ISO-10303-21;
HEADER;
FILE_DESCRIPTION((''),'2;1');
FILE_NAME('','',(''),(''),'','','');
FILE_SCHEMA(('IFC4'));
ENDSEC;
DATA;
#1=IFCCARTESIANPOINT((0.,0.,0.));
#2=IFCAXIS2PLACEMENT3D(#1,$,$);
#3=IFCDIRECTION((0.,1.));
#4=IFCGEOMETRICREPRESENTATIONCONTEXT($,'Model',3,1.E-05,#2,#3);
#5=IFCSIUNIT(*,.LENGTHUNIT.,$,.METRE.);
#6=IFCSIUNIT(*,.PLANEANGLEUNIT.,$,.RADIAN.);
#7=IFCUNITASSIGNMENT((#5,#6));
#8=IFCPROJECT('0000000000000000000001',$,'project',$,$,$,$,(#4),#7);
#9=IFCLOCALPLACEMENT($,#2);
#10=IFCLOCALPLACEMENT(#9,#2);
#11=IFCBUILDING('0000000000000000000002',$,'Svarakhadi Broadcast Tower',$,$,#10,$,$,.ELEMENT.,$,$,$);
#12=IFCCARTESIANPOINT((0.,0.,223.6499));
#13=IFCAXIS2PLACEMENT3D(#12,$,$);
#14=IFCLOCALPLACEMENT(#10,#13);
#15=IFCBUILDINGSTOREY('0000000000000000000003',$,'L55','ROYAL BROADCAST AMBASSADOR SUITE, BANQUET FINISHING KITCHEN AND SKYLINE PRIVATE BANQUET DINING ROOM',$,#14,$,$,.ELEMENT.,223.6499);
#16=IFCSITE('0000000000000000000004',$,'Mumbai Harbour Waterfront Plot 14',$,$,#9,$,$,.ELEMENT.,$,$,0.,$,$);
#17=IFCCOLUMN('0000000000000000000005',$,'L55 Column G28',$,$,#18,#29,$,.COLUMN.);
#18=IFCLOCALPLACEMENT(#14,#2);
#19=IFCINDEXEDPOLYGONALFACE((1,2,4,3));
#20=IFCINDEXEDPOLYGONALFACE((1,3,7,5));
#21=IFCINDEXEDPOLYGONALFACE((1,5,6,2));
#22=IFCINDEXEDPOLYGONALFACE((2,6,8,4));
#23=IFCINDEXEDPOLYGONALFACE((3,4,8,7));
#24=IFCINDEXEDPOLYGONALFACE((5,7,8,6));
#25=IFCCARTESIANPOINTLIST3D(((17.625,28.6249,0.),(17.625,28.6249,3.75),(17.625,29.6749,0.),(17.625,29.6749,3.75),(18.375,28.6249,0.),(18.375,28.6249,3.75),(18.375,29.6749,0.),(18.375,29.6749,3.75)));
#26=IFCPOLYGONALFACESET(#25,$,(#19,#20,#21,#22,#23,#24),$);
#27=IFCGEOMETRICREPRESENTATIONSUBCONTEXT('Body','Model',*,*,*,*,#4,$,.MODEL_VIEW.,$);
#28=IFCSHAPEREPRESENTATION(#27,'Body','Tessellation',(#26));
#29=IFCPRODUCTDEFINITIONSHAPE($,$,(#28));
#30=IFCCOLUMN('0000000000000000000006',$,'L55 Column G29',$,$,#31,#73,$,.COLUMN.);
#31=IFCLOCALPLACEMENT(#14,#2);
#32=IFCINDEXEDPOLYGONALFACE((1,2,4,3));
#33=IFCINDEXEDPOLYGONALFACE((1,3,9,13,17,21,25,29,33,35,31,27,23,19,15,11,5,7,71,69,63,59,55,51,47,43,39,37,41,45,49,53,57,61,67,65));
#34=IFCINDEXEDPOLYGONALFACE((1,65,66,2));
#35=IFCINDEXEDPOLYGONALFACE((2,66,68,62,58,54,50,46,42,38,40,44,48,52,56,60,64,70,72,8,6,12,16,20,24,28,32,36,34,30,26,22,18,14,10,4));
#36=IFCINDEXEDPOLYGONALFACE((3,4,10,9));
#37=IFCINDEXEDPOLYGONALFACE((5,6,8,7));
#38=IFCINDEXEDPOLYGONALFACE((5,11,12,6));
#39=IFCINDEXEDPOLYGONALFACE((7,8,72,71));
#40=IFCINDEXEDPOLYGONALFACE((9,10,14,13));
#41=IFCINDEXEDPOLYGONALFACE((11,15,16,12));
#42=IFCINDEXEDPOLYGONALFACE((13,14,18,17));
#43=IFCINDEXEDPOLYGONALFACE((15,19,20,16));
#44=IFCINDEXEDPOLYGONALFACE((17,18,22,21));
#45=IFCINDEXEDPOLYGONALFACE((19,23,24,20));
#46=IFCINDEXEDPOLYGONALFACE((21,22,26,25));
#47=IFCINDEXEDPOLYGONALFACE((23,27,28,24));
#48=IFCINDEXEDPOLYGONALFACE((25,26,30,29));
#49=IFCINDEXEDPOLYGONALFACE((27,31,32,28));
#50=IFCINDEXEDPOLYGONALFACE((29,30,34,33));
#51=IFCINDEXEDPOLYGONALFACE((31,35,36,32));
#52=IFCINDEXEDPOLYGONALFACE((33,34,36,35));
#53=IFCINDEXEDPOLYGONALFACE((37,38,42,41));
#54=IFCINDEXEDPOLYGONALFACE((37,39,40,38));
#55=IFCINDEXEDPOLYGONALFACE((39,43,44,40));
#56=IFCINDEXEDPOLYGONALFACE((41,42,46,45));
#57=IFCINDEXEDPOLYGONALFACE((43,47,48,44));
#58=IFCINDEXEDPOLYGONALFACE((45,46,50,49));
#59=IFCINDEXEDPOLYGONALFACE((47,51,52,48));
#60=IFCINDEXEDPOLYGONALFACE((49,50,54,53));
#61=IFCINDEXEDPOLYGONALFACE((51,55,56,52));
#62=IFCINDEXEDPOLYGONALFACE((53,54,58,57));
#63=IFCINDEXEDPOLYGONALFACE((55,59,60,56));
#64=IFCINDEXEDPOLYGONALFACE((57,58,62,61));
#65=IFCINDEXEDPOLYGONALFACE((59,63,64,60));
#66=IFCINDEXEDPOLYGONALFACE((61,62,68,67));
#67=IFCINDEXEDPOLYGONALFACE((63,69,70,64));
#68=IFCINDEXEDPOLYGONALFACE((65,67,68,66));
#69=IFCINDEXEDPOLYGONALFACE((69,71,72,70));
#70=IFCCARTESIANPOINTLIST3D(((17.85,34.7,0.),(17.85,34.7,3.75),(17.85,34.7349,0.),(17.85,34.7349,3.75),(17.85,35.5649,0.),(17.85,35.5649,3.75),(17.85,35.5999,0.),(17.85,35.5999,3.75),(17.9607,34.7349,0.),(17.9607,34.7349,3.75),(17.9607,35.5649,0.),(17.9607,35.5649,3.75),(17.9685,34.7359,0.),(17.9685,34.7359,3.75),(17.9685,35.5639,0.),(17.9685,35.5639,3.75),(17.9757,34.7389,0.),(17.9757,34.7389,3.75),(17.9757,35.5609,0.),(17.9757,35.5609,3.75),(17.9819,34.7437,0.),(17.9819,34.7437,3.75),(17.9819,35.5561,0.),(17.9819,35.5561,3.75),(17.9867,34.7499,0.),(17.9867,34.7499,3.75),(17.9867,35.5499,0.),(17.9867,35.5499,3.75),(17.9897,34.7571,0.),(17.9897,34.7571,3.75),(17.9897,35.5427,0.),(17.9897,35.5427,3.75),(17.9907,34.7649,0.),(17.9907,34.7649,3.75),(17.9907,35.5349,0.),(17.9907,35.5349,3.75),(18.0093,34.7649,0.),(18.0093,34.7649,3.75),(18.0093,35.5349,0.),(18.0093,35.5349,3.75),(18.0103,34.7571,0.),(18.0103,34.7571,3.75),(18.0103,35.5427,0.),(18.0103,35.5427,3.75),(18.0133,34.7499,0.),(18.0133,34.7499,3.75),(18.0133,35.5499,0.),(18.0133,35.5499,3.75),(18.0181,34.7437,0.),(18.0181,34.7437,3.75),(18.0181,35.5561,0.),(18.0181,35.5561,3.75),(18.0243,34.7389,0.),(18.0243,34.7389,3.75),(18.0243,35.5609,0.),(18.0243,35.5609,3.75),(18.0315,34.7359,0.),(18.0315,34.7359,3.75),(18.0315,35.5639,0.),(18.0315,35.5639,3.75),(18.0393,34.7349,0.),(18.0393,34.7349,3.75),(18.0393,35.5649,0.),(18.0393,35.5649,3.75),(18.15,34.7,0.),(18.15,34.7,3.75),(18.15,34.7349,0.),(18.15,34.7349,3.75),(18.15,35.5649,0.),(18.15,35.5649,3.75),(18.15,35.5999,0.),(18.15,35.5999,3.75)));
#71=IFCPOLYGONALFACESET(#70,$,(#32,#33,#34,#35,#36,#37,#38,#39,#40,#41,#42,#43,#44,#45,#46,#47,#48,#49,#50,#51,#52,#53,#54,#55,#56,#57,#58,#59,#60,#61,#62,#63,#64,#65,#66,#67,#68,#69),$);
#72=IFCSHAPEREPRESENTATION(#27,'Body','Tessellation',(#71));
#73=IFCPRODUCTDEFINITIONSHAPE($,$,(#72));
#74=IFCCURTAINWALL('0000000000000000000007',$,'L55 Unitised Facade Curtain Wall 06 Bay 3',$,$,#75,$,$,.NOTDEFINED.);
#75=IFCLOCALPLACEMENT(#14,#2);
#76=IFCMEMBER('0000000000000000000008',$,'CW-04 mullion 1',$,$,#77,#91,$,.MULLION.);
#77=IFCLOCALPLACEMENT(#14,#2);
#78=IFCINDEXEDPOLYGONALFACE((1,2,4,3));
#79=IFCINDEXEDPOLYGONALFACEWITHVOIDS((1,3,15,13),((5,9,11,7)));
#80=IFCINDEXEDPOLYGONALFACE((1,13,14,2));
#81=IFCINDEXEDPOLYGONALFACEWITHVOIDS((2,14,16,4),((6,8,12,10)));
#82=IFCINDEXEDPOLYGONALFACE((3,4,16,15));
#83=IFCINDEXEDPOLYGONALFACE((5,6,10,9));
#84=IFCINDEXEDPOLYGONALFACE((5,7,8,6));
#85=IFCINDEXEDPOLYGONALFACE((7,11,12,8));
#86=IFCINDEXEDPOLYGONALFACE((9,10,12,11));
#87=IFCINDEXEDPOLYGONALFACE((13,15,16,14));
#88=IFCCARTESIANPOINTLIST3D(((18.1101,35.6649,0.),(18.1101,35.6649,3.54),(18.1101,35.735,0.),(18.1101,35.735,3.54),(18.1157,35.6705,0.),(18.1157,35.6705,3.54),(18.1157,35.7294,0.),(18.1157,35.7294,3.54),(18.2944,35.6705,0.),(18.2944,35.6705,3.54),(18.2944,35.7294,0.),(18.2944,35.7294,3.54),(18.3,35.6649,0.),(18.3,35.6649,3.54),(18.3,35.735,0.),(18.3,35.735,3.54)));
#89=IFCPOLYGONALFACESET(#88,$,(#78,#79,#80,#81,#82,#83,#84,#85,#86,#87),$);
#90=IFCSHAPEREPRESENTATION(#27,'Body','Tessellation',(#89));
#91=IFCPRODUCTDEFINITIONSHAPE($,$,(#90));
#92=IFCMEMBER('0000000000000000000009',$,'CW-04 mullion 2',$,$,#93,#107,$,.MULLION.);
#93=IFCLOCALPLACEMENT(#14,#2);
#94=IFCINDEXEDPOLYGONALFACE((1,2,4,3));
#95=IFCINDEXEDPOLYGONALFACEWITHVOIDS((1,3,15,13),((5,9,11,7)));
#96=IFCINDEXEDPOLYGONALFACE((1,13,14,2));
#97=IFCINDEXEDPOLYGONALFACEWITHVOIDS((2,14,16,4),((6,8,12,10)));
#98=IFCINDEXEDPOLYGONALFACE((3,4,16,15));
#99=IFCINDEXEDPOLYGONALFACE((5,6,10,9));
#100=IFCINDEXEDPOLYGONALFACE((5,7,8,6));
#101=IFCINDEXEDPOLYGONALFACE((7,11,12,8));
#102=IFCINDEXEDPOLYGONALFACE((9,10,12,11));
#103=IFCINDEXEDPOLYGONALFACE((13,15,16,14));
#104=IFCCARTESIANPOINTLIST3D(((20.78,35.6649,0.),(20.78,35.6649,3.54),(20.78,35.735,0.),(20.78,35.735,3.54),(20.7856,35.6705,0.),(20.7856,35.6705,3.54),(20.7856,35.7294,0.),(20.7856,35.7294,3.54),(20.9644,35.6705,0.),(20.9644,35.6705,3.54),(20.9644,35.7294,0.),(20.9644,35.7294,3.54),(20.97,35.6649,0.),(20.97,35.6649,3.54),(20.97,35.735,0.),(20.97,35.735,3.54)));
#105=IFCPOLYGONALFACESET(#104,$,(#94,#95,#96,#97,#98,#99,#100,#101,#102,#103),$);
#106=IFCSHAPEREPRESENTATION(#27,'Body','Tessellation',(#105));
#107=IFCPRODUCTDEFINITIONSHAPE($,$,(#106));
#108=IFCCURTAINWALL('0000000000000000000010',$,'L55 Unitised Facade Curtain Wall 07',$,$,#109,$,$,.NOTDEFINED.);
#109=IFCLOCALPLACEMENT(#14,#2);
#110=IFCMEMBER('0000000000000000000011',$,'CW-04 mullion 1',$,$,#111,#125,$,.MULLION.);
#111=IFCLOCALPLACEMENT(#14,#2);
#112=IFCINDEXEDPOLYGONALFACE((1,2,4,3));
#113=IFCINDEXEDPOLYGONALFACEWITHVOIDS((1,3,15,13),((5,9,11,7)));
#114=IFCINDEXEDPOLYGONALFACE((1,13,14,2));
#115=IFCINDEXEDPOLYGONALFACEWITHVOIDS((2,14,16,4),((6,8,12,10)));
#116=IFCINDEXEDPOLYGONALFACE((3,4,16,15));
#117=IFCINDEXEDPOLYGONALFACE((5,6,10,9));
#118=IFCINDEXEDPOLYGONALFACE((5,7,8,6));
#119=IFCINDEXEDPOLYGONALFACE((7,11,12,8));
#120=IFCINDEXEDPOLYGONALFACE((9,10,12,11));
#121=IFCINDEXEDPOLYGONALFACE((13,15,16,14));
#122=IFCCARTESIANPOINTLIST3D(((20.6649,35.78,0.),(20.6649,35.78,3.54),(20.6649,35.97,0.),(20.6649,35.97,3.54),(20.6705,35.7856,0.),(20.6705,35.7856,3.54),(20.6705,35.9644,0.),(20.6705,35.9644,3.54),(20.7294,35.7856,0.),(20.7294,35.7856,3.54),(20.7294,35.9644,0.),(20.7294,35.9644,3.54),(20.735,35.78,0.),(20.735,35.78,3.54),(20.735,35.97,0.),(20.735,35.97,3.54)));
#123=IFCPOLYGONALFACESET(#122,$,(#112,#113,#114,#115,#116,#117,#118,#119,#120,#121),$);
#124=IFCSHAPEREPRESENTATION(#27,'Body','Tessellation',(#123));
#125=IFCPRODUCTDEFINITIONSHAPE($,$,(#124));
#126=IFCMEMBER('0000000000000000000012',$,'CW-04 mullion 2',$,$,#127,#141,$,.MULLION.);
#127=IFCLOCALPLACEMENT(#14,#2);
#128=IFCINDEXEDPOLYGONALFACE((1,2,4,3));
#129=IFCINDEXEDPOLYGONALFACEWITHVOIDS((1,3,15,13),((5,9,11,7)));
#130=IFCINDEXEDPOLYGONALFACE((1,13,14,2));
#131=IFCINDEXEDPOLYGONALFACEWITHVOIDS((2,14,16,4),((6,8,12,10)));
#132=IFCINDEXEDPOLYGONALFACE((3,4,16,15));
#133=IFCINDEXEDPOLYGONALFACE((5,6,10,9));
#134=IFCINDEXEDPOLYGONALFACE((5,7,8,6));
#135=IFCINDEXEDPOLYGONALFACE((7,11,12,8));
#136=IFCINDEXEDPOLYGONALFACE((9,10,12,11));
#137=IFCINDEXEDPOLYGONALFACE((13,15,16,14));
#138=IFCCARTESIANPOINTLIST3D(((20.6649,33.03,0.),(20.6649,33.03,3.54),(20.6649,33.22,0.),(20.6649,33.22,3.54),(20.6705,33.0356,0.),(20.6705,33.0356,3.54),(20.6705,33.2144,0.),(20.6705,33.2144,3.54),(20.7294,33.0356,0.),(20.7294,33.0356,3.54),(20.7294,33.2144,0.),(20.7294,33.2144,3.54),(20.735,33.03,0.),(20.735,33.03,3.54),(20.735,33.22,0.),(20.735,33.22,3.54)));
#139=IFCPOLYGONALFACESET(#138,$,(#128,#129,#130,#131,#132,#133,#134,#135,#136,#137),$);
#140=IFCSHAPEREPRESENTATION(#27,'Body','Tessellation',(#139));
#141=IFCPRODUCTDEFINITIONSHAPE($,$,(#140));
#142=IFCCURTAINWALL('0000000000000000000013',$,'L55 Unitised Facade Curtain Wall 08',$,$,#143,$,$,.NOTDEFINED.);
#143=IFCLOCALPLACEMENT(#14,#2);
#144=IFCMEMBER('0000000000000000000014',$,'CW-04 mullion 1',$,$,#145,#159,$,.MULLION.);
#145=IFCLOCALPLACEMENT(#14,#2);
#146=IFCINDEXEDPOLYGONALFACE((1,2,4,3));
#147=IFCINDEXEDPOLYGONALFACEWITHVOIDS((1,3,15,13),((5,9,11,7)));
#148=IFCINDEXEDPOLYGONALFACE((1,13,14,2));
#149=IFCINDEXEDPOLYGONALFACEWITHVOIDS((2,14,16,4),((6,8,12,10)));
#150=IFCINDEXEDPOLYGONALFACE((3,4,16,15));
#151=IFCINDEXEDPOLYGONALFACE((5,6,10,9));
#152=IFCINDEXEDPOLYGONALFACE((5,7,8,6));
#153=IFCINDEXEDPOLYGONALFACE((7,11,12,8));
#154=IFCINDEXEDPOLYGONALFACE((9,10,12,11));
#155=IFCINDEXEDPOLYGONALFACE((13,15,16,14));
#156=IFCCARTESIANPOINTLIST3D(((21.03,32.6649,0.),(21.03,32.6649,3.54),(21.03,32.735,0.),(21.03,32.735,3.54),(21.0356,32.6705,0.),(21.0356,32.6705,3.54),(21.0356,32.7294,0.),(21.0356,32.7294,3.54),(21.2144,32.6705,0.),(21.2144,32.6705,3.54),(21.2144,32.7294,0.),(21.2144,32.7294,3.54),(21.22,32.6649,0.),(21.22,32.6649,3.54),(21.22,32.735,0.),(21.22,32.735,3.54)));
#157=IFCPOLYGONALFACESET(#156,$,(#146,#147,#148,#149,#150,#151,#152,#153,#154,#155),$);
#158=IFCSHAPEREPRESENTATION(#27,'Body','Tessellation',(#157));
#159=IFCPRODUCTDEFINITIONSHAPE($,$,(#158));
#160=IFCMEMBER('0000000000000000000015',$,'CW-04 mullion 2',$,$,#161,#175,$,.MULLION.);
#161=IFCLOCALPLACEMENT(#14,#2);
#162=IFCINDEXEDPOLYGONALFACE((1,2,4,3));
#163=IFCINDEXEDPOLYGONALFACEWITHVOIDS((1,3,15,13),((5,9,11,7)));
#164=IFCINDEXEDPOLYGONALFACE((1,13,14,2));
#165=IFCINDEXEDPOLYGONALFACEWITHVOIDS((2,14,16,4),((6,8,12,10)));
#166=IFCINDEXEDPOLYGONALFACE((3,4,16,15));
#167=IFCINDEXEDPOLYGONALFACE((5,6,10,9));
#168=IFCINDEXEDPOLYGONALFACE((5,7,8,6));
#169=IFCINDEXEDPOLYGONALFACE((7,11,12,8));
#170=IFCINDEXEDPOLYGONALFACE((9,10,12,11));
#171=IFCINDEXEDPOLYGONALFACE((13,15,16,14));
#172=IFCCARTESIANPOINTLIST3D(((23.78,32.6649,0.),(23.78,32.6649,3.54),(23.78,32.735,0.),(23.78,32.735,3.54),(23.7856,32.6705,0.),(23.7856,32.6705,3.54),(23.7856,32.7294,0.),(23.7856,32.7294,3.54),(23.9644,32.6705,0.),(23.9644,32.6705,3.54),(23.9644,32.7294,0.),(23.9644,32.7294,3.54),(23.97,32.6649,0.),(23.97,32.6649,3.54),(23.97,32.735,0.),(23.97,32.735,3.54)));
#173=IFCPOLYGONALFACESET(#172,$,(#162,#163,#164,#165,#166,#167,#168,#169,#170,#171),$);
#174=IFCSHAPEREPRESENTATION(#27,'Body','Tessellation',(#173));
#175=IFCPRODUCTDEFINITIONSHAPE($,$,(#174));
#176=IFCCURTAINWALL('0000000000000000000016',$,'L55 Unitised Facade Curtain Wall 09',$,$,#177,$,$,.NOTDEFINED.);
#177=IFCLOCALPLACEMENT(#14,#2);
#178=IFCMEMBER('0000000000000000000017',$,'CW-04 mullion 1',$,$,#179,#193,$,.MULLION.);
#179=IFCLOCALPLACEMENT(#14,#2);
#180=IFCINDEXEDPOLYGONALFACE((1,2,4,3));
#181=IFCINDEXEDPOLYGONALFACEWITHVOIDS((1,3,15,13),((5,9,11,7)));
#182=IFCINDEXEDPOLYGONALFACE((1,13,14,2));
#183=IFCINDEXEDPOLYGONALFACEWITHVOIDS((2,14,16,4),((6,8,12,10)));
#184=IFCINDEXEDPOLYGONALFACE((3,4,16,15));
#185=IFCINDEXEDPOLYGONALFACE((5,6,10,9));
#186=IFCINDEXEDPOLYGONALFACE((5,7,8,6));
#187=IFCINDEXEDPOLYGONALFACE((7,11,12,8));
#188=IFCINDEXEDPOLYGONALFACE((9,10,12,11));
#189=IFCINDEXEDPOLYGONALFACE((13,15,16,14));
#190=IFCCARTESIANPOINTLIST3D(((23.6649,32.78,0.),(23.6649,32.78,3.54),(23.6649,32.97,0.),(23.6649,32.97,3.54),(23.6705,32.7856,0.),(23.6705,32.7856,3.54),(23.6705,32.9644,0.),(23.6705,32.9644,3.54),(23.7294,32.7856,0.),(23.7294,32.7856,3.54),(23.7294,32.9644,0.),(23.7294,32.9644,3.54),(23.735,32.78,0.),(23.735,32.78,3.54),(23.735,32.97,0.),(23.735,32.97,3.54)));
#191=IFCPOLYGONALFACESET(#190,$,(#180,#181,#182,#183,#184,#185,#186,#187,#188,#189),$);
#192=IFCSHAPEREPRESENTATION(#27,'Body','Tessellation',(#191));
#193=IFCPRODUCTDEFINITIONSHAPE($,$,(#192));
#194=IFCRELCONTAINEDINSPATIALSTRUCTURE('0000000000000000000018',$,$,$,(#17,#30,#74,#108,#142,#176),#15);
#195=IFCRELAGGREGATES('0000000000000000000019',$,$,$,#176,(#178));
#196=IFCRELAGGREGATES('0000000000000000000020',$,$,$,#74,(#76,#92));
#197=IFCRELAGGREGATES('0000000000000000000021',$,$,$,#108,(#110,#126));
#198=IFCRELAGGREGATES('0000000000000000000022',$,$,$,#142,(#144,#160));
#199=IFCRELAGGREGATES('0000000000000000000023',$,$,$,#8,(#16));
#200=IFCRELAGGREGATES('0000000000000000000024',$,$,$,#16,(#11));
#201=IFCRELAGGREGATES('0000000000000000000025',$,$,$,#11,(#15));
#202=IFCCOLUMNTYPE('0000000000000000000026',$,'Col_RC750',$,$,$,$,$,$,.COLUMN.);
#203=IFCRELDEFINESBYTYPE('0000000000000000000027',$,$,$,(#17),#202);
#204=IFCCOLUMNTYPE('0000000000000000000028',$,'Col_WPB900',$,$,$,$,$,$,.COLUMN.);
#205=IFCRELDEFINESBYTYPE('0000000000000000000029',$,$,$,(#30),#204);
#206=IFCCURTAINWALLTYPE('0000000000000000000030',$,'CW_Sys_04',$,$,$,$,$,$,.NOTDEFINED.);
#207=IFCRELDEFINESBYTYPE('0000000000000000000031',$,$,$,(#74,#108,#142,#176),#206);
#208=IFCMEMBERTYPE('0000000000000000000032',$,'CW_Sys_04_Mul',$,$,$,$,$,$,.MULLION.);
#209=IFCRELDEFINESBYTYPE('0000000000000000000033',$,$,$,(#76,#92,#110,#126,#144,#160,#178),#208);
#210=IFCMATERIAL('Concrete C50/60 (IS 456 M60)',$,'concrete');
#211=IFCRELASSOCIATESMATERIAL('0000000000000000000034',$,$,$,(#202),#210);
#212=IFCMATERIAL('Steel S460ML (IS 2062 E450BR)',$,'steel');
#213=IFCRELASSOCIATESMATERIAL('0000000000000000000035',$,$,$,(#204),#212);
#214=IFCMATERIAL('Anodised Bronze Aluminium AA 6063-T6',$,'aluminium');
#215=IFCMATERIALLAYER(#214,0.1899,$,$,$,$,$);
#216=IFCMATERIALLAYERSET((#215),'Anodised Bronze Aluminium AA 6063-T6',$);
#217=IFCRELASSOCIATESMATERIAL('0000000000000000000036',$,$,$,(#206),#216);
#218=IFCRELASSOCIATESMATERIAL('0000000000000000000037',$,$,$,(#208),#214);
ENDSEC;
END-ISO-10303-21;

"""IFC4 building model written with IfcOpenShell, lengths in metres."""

from ifc_helpers import new_model, si_unit, direction, frame, origin, origin_2d, place, context, subcontext, project, spatial, rectangle, hollow_rectangle, i_section, extrude, material, layer, layer_set, material_profile, profile_set, type_object, element, aggregate, save


model = new_model("IFC4")

# Units and contexts
model_context = context("Model", 3, precision=1e-05, world=origin(), true_north=direction((0.0, 1.0)))
body_context = subcontext(model_context, "Body", "Model", "MODEL_VIEW")
ifc_project = project(units=[si_unit("LENGTHUNIT", "METRE"), si_unit("PLANEANGLEUNIT", "RADIAN")], contexts=[model_context])

# Site, building, storey
site_placement = place(None, origin())
site = spatial("IfcSite", under=ifc_project, at=site_placement, Name="Mumbai Harbour Waterfront Plot 14", CompositionType="ELEMENT", RefElevation=0.0)
building_placement = place(site_placement, origin())
building = spatial("IfcBuilding", under=site, at=building_placement, Name="Svarakhadi Broadcast Tower", CompositionType="ELEMENT")
storey_placement = place(building_placement, frame((0.0, 0.0, 223.6499)))
storey = spatial("IfcBuildingStorey", under=building, at=storey_placement, Name="L55", Description="ROYAL BROADCAST AMBASSADOR SUITE, BANQUET FINISHING KITCHEN AND SKYLINE PRIVATE BANQUET DINING ROOM", CompositionType="ELEMENT", Elevation=223.6499)

# Columns
ifc_material_1 = material(Name="Concrete C50/60 (IS 456 M60)", Category="concrete")
ifc_material_profile_1 = material_profile(ifc_material_1, rectangle(XDim=0.75, YDim=1.05, at=origin_2d()), Name="RC 750x1050")
ifc_profile_set_1 = profile_set([ifc_material_profile_1], Name="Concrete C50/60 (IS 456 M60)")
column_type_1 = type_object("IfcColumnType", Name="Col_RC750", PredefinedType="COLUMN", material=ifc_profile_set_1)
column_1_placement = place(storey_placement, frame((18.0, 29.1499, 0.0), z_axis=(0.0, 0.0, 1.0), x_axis=(1.0, 0.0, 0.0)))
element("IfcColumn", 1, at=column_1_placement, inside=storey, type_object=column_type_1, Name="L55 Column G28", PredefinedType="COLUMN", context=body_context, shape_type="SweptSolid", body=[
    extrude(rectangle(XDim=0.75, YDim=1.05, at=origin_2d()), origin(), (0.0, 0.0, 1.0), 3.75),
])
ifc_material_2 = material(Name="Steel S460ML (IS 2062 E450BR)", Category="steel")
ifc_material_profile_2 = material_profile(ifc_material_2, i_section(OverallWidth=0.3, OverallDepth=0.8999, WebThickness=0.0186, FlangeThickness=0.0349, FilletRadius=0.03, at=origin_2d()), Name="WPB 900x300x291")
ifc_profile_set_2 = profile_set([ifc_material_profile_2], Name="Steel S460ML (IS 2062 E450BR)")
column_type_2 = type_object("IfcColumnType", Name="Col_WPB900", PredefinedType="COLUMN", material=ifc_profile_set_2)
column_2_placement = place(storey_placement, frame((18.0, 35.1499, 0.0), z_axis=(0.0, 0.0, 1.0), x_axis=(1.0, 0.0, 0.0)))
element("IfcColumn", 2, at=column_2_placement, inside=storey, type_object=column_type_2, Name="L55 Column G29", PredefinedType="COLUMN", context=body_context, shape_type="SweptSolid", body=[
    extrude(i_section(OverallWidth=0.3, OverallDepth=0.8999, WebThickness=0.0186, FlangeThickness=0.0349, FilletRadius=0.03, at=origin_2d()), origin(), (0.0, 0.0, 1.0), 3.75),
])

# Curtain walls, members
ifc_material_3 = material(Name="Anodised Bronze Aluminium AA 6063-T6", Category="aluminium")
ifc_layer_1 = layer(ifc_material_3, 0.1899)
ifc_layer_set_1 = layer_set([ifc_layer_1], Name="Anodised Bronze Aluminium AA 6063-T6")
curtain_wall_type = type_object("IfcCurtainWallType", Name="CW_Sys_04", PredefinedType="NOTDEFINED", material=ifc_layer_set_1)
curtain_wall_1_placement = place(storey_placement, origin())
curtain_wall_1 = element("IfcCurtainWall", 3, at=curtain_wall_1_placement, inside=storey, type_object=curtain_wall_type, Name="L55 Unitised Facade Curtain Wall 06 Bay 3", PredefinedType="NOTDEFINED")
ifc_material_profile_3 = material_profile(ifc_material_3, hollow_rectangle(XDim=0.0701, YDim=0.1899, WallThickness=0.0056, at=origin_2d()), Name="ALU MULLION 190x70x6")
ifc_profile_set_3 = profile_set([ifc_material_profile_3], Name="Anodised Bronze Aluminium AA 6063-T6")
member_type_1 = type_object("IfcMemberType", Name="CW_Sys_04_Mul", PredefinedType="MULLION", material=ifc_profile_set_3)
member_1_placement = place(storey_placement, frame((18.2051, 35.7, 0.0), z_axis=(0.0, 0.0, 1.0), x_axis=(0.0, 1.0, 0.0)))
member_1 = element("IfcMember", 4, at=member_1_placement, type_object=member_type_1, Name="CW-04 mullion 1", PredefinedType="MULLION", context=body_context, shape_type="SweptSolid", body=[
    extrude(hollow_rectangle(XDim=0.0701, YDim=0.1899, WallThickness=0.0056, at=origin_2d()), origin(), (0.0, 0.0, 1.0), 3.54),
])
member_2_placement = place(storey_placement, frame((20.875, 35.7, 0.0), z_axis=(0.0, 0.0, 1.0), x_axis=(0.0, 1.0, 0.0)))
member_2 = element("IfcMember", 5, at=member_2_placement, type_object=member_type_1, Name="CW-04 mullion 2", PredefinedType="MULLION", context=body_context, shape_type="SweptSolid", body=[
    extrude(hollow_rectangle(XDim=0.0701, YDim=0.1899, WallThickness=0.0056, at=origin_2d()), origin(), (0.0, 0.0, 1.0), 3.54),
])
curtain_wall_2_placement = place(storey_placement, origin())
curtain_wall_2 = element("IfcCurtainWall", 6, at=curtain_wall_2_placement, inside=storey, type_object=curtain_wall_type, Name="L55 Unitised Facade Curtain Wall 07", PredefinedType="NOTDEFINED")
member_3_placement = place(storey_placement, frame((20.7, 35.875, 0.0), z_axis=(0.0, 0.0, 1.0), x_axis=(1.0, 0.0, 0.0)))
member_3 = element("IfcMember", 7, at=member_3_placement, type_object=member_type_1, Name="CW-04 mullion 1", PredefinedType="MULLION", context=body_context, shape_type="SweptSolid", body=[
    extrude(hollow_rectangle(XDim=0.0701, YDim=0.1899, WallThickness=0.0056, at=origin_2d()), origin(), (0.0, 0.0, 1.0), 3.54),
])
member_4_placement = place(storey_placement, frame((20.7, 33.125, 0.0), z_axis=(0.0, 0.0, 1.0), x_axis=(1.0, 0.0, 0.0)))
member_4 = element("IfcMember", 8, at=member_4_placement, type_object=member_type_1, Name="CW-04 mullion 2", PredefinedType="MULLION", context=body_context, shape_type="SweptSolid", body=[
    extrude(hollow_rectangle(XDim=0.0701, YDim=0.1899, WallThickness=0.0056, at=origin_2d()), origin(), (0.0, 0.0, 1.0), 3.54),
])
curtain_wall_3_placement = place(storey_placement, origin())
curtain_wall_3 = element("IfcCurtainWall", 9, at=curtain_wall_3_placement, inside=storey, type_object=curtain_wall_type, Name="L55 Unitised Facade Curtain Wall 08", PredefinedType="NOTDEFINED")
member_5_placement = place(storey_placement, frame((21.125, 32.7, 0.0), z_axis=(0.0, 0.0, 1.0), x_axis=(0.0, 1.0, 0.0)))
member_5 = element("IfcMember", 10, at=member_5_placement, type_object=member_type_1, Name="CW-04 mullion 1", PredefinedType="MULLION", context=body_context, shape_type="SweptSolid", body=[
    extrude(hollow_rectangle(XDim=0.0701, YDim=0.1899, WallThickness=0.0056, at=origin_2d()), origin(), (0.0, 0.0, 1.0), 3.54),
])
member_6_placement = place(storey_placement, frame((23.875, 32.7, 0.0), z_axis=(0.0, 0.0, 1.0), x_axis=(0.0, 1.0, 0.0)))
member_6 = element("IfcMember", 11, at=member_6_placement, type_object=member_type_1, Name="CW-04 mullion 2", PredefinedType="MULLION", context=body_context, shape_type="SweptSolid", body=[
    extrude(hollow_rectangle(XDim=0.0701, YDim=0.1899, WallThickness=0.0056, at=origin_2d()), origin(), (0.0, 0.0, 1.0), 3.54),
])

# Curtain wall, member
curtain_wall_4_placement = place(storey_placement, origin())
curtain_wall_4 = element("IfcCurtainWall", 12, at=curtain_wall_4_placement, inside=storey, type_object=curtain_wall_type, Name="L55 Unitised Facade Curtain Wall 09", PredefinedType="NOTDEFINED")
member_7_placement = place(storey_placement, frame((23.7, 32.875, 0.0), z_axis=(0.0, 0.0, 1.0), x_axis=(1.0, 0.0, 0.0)))
member_7 = element("IfcMember", 13, at=member_7_placement, type_object=member_type_1, Name="CW-04 mullion 1", PredefinedType="MULLION", context=body_context, shape_type="SweptSolid", body=[
    extrude(hollow_rectangle(XDim=0.0701, YDim=0.1899, WallThickness=0.0056, at=origin_2d()), origin(), (0.0, 0.0, 1.0), 3.54),
])

aggregate(curtain_wall_4, [member_7])

aggregate(curtain_wall_1, [member_1, member_2])
aggregate(curtain_wall_2, [member_3, member_4])
aggregate(curtain_wall_3, [member_5, member_6])

save(model, "model.ifc")
